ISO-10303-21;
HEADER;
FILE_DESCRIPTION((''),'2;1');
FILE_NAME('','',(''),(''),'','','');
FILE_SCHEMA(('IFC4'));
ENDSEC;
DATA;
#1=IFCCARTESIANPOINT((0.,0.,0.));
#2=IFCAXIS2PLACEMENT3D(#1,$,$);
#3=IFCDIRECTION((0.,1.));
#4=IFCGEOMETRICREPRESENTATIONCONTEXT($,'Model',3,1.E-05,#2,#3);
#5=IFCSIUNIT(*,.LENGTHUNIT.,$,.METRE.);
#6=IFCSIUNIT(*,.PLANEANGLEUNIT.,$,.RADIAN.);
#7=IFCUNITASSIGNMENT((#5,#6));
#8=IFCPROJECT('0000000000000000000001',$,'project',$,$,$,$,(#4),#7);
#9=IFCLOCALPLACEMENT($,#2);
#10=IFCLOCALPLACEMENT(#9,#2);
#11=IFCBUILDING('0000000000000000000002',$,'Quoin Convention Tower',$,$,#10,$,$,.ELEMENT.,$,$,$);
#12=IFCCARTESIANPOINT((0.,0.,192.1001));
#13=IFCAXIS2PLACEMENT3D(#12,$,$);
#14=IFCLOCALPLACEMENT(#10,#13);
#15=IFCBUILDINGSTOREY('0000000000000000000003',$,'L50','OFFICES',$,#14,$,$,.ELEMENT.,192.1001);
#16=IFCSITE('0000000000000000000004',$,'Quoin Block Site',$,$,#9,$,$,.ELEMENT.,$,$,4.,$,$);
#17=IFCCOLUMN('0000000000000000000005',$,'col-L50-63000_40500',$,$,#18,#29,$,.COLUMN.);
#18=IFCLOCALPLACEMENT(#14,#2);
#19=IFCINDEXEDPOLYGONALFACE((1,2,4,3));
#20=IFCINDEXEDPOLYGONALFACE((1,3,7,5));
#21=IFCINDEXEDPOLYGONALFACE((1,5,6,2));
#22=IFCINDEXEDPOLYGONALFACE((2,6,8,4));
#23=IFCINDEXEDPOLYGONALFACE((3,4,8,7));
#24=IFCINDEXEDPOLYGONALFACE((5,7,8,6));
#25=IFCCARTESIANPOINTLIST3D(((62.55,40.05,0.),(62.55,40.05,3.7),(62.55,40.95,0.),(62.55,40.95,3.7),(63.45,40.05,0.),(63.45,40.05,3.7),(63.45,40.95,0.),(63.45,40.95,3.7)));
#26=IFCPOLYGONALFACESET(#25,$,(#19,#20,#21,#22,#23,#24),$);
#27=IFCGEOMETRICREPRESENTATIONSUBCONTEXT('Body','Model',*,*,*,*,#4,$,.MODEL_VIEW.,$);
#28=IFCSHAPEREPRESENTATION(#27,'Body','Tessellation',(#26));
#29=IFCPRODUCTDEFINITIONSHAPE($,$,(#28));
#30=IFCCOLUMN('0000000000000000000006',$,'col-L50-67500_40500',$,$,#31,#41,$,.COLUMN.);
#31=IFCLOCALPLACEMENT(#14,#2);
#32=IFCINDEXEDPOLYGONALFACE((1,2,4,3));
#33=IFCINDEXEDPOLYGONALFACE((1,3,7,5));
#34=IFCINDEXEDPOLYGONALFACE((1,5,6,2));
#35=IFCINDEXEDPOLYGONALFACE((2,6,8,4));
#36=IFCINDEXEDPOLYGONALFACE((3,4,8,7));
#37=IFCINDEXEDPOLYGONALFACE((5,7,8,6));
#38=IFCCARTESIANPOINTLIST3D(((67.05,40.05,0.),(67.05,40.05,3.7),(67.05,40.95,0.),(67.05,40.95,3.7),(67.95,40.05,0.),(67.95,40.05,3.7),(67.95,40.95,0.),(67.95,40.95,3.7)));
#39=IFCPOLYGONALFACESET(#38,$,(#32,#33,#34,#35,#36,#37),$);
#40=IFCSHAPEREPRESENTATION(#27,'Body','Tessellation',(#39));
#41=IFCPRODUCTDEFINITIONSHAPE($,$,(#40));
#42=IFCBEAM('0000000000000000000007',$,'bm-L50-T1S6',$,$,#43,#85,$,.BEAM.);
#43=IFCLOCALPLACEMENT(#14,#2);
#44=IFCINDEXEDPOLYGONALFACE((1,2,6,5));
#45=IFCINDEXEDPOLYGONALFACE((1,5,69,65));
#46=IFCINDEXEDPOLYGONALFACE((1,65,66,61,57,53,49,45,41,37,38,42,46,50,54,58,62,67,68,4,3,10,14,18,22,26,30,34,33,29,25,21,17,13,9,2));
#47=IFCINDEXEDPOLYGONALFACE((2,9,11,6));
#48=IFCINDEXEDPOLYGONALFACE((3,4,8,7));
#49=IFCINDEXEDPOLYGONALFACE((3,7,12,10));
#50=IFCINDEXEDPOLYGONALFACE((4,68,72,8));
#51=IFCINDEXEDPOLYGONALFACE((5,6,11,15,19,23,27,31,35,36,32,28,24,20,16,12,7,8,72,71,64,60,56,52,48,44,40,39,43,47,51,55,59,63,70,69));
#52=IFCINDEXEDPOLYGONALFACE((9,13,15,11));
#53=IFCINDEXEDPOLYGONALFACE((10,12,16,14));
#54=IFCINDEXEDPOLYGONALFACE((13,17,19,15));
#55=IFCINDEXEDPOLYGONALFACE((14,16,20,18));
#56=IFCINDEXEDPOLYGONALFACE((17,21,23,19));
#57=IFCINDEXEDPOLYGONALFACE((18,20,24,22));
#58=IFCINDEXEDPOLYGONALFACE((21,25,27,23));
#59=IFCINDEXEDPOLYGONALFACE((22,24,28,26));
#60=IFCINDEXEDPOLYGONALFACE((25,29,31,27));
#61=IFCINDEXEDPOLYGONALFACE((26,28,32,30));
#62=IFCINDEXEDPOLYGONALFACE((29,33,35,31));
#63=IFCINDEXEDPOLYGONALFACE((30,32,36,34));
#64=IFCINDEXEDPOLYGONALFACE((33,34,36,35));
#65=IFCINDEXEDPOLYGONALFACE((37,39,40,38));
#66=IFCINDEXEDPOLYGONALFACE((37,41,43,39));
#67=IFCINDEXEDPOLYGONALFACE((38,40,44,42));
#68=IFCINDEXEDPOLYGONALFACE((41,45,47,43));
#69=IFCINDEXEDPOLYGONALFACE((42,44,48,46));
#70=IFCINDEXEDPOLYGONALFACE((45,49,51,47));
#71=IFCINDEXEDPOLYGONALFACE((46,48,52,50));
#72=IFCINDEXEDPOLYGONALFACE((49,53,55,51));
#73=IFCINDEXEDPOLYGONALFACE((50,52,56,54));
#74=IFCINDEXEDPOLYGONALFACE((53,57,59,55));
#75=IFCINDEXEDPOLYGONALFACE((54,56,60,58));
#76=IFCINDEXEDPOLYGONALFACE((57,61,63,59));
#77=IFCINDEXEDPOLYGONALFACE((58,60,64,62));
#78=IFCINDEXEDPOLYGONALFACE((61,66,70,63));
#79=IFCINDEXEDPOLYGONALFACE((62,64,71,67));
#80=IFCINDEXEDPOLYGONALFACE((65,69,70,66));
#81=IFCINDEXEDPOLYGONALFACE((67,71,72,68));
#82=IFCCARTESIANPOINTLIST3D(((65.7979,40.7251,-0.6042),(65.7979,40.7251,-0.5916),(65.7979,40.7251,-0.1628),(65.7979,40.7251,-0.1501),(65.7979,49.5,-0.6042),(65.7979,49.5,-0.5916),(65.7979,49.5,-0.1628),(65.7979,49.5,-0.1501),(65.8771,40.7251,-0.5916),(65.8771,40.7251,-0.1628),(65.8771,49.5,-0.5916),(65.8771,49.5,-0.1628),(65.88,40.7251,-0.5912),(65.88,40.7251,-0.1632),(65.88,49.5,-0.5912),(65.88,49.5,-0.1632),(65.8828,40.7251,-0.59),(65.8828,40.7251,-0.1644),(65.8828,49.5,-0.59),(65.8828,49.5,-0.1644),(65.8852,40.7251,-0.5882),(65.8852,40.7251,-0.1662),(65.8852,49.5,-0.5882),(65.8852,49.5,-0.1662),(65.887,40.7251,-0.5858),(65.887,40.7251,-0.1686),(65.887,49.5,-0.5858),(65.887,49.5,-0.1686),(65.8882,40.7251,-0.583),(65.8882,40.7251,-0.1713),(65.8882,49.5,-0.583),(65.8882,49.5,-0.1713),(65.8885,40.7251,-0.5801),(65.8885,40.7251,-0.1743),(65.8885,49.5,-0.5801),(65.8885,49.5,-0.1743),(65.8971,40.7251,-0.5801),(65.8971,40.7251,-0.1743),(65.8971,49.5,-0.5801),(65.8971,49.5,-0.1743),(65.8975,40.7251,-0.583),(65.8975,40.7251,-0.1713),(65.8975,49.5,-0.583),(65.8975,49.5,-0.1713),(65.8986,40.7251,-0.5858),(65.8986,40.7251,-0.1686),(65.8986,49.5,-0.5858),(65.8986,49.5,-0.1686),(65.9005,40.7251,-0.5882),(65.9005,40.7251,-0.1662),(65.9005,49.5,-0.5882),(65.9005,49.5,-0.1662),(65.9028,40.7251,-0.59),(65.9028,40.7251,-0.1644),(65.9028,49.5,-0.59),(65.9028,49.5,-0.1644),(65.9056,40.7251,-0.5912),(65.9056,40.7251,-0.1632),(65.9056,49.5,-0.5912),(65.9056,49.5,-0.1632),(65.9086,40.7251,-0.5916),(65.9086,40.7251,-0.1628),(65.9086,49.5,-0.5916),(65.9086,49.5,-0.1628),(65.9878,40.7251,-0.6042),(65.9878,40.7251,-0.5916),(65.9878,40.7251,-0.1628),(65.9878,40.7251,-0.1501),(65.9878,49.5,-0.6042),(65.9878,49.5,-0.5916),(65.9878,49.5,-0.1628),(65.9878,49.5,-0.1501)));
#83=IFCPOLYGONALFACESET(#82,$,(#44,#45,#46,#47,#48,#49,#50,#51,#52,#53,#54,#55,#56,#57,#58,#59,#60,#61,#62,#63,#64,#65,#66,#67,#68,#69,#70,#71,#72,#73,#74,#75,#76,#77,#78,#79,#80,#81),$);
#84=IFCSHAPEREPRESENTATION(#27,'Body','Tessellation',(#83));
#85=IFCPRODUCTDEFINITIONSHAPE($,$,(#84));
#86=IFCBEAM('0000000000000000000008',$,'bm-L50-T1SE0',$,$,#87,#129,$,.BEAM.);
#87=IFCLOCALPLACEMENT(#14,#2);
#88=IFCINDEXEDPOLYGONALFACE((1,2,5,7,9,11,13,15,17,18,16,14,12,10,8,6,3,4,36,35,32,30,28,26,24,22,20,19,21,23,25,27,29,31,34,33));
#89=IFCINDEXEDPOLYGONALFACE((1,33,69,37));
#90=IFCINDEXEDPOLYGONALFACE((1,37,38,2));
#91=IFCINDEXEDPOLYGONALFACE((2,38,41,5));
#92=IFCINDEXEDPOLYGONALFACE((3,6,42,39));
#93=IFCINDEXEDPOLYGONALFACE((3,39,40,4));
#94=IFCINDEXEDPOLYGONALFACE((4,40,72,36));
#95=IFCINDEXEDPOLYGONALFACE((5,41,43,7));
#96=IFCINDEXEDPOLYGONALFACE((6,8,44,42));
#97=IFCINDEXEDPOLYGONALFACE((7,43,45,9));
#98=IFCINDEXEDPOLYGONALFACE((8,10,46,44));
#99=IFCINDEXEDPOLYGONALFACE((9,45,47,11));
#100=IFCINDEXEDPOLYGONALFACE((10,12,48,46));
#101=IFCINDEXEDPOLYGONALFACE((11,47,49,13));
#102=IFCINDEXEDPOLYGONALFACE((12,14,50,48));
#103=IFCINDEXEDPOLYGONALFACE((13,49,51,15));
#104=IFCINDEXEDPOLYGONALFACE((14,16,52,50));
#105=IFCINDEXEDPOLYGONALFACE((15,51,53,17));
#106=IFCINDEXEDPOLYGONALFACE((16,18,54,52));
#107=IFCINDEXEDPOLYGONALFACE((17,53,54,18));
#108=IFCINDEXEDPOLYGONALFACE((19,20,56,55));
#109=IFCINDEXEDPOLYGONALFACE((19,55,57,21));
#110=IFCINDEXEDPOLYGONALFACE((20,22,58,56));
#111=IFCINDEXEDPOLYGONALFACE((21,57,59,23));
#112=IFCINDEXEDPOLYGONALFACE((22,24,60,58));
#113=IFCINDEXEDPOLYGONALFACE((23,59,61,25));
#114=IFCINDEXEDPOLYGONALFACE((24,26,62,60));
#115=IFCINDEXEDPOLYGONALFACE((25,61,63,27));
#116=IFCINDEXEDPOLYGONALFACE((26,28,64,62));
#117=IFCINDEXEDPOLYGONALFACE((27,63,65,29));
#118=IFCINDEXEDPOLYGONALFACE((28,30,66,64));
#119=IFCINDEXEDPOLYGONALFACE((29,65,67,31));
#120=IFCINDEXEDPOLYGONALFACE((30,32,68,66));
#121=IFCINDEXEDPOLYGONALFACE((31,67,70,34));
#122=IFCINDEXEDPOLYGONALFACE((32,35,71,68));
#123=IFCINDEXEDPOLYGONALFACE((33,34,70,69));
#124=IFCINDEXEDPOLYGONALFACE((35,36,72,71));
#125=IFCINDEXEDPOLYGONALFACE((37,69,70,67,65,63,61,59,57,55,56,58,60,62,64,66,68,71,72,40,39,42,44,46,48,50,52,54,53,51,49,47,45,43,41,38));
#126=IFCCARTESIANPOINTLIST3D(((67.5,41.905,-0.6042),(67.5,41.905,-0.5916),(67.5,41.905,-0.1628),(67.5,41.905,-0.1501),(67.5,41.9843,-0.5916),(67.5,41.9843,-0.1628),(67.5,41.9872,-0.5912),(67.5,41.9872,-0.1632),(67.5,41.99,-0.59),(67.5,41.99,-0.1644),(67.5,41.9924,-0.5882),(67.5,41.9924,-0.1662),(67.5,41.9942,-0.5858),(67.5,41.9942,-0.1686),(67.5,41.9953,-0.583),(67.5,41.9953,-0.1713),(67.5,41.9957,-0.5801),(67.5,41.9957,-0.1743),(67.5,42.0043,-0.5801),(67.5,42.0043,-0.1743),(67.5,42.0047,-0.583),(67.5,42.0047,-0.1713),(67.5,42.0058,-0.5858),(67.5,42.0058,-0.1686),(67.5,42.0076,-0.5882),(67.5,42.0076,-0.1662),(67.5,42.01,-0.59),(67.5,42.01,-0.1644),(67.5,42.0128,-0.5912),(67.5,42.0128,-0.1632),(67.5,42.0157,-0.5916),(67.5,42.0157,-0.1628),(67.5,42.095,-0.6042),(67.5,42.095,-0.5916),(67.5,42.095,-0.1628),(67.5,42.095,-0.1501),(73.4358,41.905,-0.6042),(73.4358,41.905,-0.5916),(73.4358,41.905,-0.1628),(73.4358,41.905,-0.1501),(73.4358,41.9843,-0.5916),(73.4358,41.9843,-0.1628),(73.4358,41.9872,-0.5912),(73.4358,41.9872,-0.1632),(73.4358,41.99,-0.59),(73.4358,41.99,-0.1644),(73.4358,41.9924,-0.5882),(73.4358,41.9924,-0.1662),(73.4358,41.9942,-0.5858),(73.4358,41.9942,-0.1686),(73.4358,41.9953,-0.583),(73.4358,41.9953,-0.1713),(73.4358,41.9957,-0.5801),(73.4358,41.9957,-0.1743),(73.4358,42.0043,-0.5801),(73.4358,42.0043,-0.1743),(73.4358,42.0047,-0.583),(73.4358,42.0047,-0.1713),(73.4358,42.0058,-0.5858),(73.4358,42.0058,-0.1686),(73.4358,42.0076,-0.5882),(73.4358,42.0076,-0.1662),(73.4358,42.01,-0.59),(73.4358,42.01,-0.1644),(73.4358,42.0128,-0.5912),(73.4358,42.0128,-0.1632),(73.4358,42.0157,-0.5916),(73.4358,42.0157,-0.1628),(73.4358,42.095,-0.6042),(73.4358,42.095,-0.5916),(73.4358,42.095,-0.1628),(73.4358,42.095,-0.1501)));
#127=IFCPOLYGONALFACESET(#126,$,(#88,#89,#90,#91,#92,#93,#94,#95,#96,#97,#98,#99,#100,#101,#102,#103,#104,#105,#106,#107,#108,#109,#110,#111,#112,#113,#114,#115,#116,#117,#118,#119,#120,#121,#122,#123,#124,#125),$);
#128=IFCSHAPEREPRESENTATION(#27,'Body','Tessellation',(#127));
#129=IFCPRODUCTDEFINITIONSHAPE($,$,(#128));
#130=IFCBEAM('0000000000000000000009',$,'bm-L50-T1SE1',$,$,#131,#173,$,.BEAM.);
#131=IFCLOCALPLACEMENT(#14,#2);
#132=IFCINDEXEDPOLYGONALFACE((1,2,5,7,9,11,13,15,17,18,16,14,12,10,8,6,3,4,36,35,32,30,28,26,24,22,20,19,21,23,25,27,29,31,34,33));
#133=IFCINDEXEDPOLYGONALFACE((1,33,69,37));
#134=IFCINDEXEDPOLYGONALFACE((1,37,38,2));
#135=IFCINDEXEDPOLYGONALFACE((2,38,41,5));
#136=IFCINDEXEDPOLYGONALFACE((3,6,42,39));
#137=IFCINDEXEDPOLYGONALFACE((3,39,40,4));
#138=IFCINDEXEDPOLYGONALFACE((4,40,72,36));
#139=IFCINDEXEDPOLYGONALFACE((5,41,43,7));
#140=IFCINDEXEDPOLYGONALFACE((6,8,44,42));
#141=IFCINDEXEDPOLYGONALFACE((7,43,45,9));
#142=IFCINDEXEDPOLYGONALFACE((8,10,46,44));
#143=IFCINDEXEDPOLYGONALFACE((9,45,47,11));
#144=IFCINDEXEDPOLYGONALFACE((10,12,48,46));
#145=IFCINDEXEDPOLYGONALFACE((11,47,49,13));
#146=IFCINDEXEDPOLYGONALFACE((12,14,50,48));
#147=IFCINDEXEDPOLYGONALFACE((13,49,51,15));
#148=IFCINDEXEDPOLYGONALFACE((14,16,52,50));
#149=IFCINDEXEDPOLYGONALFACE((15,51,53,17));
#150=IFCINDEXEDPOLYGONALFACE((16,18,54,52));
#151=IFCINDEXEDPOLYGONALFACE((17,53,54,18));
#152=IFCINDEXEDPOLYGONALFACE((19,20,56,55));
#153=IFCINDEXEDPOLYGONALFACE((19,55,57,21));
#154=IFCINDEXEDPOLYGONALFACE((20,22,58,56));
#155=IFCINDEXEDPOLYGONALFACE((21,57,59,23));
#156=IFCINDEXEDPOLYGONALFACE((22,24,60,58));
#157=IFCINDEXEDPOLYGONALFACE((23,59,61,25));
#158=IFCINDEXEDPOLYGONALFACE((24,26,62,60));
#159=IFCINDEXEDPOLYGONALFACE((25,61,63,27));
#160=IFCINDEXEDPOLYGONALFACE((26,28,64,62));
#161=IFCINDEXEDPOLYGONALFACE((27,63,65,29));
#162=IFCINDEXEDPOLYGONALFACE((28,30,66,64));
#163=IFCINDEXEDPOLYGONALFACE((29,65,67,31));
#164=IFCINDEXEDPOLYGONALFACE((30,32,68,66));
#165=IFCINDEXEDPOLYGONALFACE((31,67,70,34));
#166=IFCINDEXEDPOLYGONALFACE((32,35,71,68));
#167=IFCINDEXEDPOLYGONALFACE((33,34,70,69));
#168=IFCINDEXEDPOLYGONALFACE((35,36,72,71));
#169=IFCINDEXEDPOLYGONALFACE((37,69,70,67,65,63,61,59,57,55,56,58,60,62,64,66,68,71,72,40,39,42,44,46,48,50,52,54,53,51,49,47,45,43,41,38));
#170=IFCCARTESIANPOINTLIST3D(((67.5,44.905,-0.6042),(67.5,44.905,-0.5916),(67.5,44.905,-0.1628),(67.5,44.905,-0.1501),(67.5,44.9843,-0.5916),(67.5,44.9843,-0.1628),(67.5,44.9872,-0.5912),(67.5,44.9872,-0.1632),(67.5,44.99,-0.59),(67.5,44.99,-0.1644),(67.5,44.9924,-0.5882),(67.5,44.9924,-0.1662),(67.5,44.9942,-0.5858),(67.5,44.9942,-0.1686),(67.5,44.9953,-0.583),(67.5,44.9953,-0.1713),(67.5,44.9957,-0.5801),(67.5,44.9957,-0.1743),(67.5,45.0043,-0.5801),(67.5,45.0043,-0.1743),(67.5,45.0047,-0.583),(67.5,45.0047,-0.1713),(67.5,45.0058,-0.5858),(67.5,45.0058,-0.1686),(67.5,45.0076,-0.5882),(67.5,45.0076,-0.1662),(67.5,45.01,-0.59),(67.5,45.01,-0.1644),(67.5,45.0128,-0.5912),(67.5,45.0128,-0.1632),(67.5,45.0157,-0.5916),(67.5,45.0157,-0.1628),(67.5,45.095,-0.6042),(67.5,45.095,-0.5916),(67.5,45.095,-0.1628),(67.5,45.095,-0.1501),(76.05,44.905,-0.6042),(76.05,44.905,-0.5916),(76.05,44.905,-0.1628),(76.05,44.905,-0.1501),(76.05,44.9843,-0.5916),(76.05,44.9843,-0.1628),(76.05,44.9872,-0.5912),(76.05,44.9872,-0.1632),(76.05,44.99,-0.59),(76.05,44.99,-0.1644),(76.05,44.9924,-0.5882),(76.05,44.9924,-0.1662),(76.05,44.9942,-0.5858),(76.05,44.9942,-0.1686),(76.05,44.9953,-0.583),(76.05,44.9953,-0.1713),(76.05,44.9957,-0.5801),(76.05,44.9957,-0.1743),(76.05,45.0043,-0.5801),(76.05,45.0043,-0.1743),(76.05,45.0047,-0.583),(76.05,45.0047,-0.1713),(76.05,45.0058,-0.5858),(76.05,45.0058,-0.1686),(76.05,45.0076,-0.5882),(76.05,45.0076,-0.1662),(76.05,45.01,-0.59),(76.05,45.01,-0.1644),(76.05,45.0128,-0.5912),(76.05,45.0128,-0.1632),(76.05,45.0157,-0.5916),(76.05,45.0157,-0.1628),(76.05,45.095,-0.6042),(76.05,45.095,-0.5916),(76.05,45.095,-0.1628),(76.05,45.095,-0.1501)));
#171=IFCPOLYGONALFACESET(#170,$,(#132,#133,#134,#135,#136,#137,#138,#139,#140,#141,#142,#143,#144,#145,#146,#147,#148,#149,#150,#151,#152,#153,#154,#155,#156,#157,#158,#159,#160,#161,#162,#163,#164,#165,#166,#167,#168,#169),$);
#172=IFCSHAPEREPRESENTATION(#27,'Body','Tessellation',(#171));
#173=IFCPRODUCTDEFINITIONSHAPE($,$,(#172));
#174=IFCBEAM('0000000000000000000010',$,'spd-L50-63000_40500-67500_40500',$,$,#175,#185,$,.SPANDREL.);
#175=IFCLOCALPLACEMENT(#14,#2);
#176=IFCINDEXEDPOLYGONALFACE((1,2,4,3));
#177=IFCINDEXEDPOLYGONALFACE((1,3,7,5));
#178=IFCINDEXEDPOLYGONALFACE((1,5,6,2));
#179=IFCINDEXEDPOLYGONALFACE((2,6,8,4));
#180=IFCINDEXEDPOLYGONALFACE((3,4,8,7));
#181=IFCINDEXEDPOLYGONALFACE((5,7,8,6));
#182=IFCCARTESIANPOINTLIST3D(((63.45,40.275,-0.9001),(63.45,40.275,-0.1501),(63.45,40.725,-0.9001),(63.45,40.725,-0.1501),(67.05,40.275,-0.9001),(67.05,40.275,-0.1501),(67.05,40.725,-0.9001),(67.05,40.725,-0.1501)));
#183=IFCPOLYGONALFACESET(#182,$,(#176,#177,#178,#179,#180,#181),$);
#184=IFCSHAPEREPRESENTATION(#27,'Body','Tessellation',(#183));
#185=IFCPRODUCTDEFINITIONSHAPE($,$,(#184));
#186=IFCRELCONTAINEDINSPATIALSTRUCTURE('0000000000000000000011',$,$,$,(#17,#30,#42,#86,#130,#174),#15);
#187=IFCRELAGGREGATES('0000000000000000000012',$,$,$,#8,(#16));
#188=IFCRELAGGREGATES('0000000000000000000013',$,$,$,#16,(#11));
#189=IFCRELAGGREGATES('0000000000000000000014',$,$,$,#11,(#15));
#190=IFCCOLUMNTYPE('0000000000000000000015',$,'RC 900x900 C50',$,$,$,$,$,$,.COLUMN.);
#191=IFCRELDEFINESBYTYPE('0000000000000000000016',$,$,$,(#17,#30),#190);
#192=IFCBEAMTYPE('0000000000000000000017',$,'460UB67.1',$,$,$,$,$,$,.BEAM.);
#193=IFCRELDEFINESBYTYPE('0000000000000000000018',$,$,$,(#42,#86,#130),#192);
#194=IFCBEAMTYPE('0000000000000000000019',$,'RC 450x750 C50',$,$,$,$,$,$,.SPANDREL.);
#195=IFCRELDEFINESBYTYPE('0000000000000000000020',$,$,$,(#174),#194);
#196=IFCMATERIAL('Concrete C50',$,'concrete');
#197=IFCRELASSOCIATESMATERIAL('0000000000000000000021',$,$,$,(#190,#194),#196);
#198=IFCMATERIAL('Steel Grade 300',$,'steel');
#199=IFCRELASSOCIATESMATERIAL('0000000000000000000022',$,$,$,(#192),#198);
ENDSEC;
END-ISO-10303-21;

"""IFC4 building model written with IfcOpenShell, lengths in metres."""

from ifc_helpers import new_model, si_unit, direction, frame, origin, origin_2d, place, context, subcontext, project, spatial, rectangle, i_section, extrude, material, material_profile, profile_set, type_object, element, save


model = new_model("IFC4")

# Units and contexts
model_context = context("Model", 3, precision=1e-05, world=origin(), true_north=direction((0.0, 1.0)))
body_context = subcontext(model_context, "Body", "Model", "MODEL_VIEW")
ifc_project = project(units=[si_unit("LENGTHUNIT", "METRE"), si_unit("PLANEANGLEUNIT", "RADIAN")], contexts=[model_context])

# Site, building, storey
site_placement = place(None, origin())
site = spatial("IfcSite", under=ifc_project, at=site_placement, Name="Quoin Block Site", CompositionType="ELEMENT", RefElevation=4.0)
building_placement = place(site_placement, origin())
building = spatial("IfcBuilding", under=site, at=building_placement, Name="Quoin Convention Tower", CompositionType="ELEMENT")
storey_placement = place(building_placement, frame((0.0, 0.0, 192.1001)))
storey = spatial("IfcBuildingStorey", under=building, at=storey_placement, Name="L50", Description="OFFICES", CompositionType="ELEMENT", Elevation=192.1001)

# Columns
ifc_material_1 = material(Name="Concrete C50", Category="concrete")
ifc_material_profile_1 = material_profile(ifc_material_1, rectangle(XDim=0.8999, YDim=0.8999, at=origin_2d()), Name="RC 900x900")
ifc_profile_set_1 = profile_set([ifc_material_profile_1], Name="Concrete C50")
column_type = type_object("IfcColumnType", Name="RC 900x900 C50", PredefinedType="COLUMN", material=ifc_profile_set_1)
for number, where, z_axis, x_axis, name in (
    (1, (63.0, 40.5, 0.0), (0.0, 0.0, 1.0), (1.0, 0.0, 0.0), "col-L50-63000_40500"),
    (2, (67.5, 40.5, 0.0), (0.0, 0.0, 1.0), (1.0, 0.0, 0.0), "col-L50-67500_40500"),
):
    element("IfcColumn", number, at=place(storey_placement, frame(where, z_axis=z_axis, x_axis=x_axis)), inside=storey, type_object=column_type, Name=name, PredefinedType="COLUMN", context=body_context, shape_type="SweptSolid", body=[
        extrude(rectangle(XDim=0.8999, YDim=0.8999, at=origin_2d()), origin(), (0.0, 0.0, 1.0), 3.7),
    ])

# Beams
ifc_material_2 = material(Name="Steel Grade 300", Category="steel")
ifc_material_profile_2 = material_profile(ifc_material_2, i_section(OverallWidth=0.1899, OverallDepth=0.4541, WebThickness=0.0085, FlangeThickness=0.0127, FilletRadius=0.0115, at=origin_2d()), Name="460UB67.1")
ifc_profile_set_2 = profile_set([ifc_material_profile_2], Name="Steel Grade 300")
beam_type_1 = type_object("IfcBeamType", Name="460UB67.1", PredefinedType="BEAM", material=ifc_profile_set_2)
beam_1_placement = place(storey_placement, frame((65.8928, 40.7251, -0.3772), z_axis=(0.0, 1.0, 0.0), x_axis=(-1.0, 0.0, 0.0)))
element("IfcBeam", 3, at=beam_1_placement, inside=storey, type_object=beam_type_1, Name="bm-L50-T1S6", PredefinedType="BEAM", context=body_context, shape_type="SweptSolid", body=[
    extrude(i_section(OverallWidth=0.1899, OverallDepth=0.4541, WebThickness=0.0085, FlangeThickness=0.0127, FilletRadius=0.0115, at=origin_2d()), origin(), (0.0, 0.0, 1.0), 8.7749),
])
beam_2_placement = place(storey_placement, frame((67.5, 42.0, -0.3772), z_axis=(1.0, 0.0, 0.0), x_axis=(0.0, 1.0, 0.0)))
element("IfcBeam", 4, at=beam_2_placement, inside=storey, type_object=beam_type_1, Name="bm-L50-T1SE0", PredefinedType="BEAM", context=body_context, shape_type="SweptSolid", body=[
    extrude(i_section(OverallWidth=0.1899, OverallDepth=0.4541, WebThickness=0.0085, FlangeThickness=0.0127, FilletRadius=0.0115, at=origin_2d()), origin(), (0.0, 0.0, 1.0), 5.9358),
])
beam_3_placement = place(storey_placement, frame((67.5, 45.0, -0.3772), z_axis=(1.0, 0.0, 0.0), x_axis=(0.0, 1.0, 0.0)))
element("IfcBeam", 5, at=beam_3_placement, inside=storey, type_object=beam_type_1, Name="bm-L50-T1SE1", PredefinedType="BEAM", context=body_context, shape_type="SweptSolid", body=[
    extrude(i_section(OverallWidth=0.1899, OverallDepth=0.4541, WebThickness=0.0085, FlangeThickness=0.0127, FilletRadius=0.0115, at=origin_2d()), origin(), (0.0, 0.0, 1.0), 8.55),
])
ifc_material_profile_3 = material_profile(ifc_material_1, rectangle(XDim=0.45, YDim=0.75, at=origin_2d()), Name="RC 450x750")
ifc_profile_set_3 = profile_set([ifc_material_profile_3], Name="Concrete C50")
beam_type_2 = type_object("IfcBeamType", Name="RC 450x750 C50", PredefinedType="SPANDREL", material=ifc_profile_set_3)
beam_4_placement = place(storey_placement, frame((63.45, 40.5, -0.5251), z_axis=(1.0, 0.0, 0.0), x_axis=(0.0, 1.0, 0.0)))
element("IfcBeam", 6, at=beam_4_placement, inside=storey, type_object=beam_type_2, Name="spd-L50-63000_40500-67500_40500", PredefinedType="SPANDREL", context=body_context, shape_type="SweptSolid", body=[
    extrude(rectangle(XDim=0.45, YDim=0.75, at=origin_2d()), origin(), (0.0, 0.0, 1.0), 3.6001),
])

save(model, "model.ifc")
